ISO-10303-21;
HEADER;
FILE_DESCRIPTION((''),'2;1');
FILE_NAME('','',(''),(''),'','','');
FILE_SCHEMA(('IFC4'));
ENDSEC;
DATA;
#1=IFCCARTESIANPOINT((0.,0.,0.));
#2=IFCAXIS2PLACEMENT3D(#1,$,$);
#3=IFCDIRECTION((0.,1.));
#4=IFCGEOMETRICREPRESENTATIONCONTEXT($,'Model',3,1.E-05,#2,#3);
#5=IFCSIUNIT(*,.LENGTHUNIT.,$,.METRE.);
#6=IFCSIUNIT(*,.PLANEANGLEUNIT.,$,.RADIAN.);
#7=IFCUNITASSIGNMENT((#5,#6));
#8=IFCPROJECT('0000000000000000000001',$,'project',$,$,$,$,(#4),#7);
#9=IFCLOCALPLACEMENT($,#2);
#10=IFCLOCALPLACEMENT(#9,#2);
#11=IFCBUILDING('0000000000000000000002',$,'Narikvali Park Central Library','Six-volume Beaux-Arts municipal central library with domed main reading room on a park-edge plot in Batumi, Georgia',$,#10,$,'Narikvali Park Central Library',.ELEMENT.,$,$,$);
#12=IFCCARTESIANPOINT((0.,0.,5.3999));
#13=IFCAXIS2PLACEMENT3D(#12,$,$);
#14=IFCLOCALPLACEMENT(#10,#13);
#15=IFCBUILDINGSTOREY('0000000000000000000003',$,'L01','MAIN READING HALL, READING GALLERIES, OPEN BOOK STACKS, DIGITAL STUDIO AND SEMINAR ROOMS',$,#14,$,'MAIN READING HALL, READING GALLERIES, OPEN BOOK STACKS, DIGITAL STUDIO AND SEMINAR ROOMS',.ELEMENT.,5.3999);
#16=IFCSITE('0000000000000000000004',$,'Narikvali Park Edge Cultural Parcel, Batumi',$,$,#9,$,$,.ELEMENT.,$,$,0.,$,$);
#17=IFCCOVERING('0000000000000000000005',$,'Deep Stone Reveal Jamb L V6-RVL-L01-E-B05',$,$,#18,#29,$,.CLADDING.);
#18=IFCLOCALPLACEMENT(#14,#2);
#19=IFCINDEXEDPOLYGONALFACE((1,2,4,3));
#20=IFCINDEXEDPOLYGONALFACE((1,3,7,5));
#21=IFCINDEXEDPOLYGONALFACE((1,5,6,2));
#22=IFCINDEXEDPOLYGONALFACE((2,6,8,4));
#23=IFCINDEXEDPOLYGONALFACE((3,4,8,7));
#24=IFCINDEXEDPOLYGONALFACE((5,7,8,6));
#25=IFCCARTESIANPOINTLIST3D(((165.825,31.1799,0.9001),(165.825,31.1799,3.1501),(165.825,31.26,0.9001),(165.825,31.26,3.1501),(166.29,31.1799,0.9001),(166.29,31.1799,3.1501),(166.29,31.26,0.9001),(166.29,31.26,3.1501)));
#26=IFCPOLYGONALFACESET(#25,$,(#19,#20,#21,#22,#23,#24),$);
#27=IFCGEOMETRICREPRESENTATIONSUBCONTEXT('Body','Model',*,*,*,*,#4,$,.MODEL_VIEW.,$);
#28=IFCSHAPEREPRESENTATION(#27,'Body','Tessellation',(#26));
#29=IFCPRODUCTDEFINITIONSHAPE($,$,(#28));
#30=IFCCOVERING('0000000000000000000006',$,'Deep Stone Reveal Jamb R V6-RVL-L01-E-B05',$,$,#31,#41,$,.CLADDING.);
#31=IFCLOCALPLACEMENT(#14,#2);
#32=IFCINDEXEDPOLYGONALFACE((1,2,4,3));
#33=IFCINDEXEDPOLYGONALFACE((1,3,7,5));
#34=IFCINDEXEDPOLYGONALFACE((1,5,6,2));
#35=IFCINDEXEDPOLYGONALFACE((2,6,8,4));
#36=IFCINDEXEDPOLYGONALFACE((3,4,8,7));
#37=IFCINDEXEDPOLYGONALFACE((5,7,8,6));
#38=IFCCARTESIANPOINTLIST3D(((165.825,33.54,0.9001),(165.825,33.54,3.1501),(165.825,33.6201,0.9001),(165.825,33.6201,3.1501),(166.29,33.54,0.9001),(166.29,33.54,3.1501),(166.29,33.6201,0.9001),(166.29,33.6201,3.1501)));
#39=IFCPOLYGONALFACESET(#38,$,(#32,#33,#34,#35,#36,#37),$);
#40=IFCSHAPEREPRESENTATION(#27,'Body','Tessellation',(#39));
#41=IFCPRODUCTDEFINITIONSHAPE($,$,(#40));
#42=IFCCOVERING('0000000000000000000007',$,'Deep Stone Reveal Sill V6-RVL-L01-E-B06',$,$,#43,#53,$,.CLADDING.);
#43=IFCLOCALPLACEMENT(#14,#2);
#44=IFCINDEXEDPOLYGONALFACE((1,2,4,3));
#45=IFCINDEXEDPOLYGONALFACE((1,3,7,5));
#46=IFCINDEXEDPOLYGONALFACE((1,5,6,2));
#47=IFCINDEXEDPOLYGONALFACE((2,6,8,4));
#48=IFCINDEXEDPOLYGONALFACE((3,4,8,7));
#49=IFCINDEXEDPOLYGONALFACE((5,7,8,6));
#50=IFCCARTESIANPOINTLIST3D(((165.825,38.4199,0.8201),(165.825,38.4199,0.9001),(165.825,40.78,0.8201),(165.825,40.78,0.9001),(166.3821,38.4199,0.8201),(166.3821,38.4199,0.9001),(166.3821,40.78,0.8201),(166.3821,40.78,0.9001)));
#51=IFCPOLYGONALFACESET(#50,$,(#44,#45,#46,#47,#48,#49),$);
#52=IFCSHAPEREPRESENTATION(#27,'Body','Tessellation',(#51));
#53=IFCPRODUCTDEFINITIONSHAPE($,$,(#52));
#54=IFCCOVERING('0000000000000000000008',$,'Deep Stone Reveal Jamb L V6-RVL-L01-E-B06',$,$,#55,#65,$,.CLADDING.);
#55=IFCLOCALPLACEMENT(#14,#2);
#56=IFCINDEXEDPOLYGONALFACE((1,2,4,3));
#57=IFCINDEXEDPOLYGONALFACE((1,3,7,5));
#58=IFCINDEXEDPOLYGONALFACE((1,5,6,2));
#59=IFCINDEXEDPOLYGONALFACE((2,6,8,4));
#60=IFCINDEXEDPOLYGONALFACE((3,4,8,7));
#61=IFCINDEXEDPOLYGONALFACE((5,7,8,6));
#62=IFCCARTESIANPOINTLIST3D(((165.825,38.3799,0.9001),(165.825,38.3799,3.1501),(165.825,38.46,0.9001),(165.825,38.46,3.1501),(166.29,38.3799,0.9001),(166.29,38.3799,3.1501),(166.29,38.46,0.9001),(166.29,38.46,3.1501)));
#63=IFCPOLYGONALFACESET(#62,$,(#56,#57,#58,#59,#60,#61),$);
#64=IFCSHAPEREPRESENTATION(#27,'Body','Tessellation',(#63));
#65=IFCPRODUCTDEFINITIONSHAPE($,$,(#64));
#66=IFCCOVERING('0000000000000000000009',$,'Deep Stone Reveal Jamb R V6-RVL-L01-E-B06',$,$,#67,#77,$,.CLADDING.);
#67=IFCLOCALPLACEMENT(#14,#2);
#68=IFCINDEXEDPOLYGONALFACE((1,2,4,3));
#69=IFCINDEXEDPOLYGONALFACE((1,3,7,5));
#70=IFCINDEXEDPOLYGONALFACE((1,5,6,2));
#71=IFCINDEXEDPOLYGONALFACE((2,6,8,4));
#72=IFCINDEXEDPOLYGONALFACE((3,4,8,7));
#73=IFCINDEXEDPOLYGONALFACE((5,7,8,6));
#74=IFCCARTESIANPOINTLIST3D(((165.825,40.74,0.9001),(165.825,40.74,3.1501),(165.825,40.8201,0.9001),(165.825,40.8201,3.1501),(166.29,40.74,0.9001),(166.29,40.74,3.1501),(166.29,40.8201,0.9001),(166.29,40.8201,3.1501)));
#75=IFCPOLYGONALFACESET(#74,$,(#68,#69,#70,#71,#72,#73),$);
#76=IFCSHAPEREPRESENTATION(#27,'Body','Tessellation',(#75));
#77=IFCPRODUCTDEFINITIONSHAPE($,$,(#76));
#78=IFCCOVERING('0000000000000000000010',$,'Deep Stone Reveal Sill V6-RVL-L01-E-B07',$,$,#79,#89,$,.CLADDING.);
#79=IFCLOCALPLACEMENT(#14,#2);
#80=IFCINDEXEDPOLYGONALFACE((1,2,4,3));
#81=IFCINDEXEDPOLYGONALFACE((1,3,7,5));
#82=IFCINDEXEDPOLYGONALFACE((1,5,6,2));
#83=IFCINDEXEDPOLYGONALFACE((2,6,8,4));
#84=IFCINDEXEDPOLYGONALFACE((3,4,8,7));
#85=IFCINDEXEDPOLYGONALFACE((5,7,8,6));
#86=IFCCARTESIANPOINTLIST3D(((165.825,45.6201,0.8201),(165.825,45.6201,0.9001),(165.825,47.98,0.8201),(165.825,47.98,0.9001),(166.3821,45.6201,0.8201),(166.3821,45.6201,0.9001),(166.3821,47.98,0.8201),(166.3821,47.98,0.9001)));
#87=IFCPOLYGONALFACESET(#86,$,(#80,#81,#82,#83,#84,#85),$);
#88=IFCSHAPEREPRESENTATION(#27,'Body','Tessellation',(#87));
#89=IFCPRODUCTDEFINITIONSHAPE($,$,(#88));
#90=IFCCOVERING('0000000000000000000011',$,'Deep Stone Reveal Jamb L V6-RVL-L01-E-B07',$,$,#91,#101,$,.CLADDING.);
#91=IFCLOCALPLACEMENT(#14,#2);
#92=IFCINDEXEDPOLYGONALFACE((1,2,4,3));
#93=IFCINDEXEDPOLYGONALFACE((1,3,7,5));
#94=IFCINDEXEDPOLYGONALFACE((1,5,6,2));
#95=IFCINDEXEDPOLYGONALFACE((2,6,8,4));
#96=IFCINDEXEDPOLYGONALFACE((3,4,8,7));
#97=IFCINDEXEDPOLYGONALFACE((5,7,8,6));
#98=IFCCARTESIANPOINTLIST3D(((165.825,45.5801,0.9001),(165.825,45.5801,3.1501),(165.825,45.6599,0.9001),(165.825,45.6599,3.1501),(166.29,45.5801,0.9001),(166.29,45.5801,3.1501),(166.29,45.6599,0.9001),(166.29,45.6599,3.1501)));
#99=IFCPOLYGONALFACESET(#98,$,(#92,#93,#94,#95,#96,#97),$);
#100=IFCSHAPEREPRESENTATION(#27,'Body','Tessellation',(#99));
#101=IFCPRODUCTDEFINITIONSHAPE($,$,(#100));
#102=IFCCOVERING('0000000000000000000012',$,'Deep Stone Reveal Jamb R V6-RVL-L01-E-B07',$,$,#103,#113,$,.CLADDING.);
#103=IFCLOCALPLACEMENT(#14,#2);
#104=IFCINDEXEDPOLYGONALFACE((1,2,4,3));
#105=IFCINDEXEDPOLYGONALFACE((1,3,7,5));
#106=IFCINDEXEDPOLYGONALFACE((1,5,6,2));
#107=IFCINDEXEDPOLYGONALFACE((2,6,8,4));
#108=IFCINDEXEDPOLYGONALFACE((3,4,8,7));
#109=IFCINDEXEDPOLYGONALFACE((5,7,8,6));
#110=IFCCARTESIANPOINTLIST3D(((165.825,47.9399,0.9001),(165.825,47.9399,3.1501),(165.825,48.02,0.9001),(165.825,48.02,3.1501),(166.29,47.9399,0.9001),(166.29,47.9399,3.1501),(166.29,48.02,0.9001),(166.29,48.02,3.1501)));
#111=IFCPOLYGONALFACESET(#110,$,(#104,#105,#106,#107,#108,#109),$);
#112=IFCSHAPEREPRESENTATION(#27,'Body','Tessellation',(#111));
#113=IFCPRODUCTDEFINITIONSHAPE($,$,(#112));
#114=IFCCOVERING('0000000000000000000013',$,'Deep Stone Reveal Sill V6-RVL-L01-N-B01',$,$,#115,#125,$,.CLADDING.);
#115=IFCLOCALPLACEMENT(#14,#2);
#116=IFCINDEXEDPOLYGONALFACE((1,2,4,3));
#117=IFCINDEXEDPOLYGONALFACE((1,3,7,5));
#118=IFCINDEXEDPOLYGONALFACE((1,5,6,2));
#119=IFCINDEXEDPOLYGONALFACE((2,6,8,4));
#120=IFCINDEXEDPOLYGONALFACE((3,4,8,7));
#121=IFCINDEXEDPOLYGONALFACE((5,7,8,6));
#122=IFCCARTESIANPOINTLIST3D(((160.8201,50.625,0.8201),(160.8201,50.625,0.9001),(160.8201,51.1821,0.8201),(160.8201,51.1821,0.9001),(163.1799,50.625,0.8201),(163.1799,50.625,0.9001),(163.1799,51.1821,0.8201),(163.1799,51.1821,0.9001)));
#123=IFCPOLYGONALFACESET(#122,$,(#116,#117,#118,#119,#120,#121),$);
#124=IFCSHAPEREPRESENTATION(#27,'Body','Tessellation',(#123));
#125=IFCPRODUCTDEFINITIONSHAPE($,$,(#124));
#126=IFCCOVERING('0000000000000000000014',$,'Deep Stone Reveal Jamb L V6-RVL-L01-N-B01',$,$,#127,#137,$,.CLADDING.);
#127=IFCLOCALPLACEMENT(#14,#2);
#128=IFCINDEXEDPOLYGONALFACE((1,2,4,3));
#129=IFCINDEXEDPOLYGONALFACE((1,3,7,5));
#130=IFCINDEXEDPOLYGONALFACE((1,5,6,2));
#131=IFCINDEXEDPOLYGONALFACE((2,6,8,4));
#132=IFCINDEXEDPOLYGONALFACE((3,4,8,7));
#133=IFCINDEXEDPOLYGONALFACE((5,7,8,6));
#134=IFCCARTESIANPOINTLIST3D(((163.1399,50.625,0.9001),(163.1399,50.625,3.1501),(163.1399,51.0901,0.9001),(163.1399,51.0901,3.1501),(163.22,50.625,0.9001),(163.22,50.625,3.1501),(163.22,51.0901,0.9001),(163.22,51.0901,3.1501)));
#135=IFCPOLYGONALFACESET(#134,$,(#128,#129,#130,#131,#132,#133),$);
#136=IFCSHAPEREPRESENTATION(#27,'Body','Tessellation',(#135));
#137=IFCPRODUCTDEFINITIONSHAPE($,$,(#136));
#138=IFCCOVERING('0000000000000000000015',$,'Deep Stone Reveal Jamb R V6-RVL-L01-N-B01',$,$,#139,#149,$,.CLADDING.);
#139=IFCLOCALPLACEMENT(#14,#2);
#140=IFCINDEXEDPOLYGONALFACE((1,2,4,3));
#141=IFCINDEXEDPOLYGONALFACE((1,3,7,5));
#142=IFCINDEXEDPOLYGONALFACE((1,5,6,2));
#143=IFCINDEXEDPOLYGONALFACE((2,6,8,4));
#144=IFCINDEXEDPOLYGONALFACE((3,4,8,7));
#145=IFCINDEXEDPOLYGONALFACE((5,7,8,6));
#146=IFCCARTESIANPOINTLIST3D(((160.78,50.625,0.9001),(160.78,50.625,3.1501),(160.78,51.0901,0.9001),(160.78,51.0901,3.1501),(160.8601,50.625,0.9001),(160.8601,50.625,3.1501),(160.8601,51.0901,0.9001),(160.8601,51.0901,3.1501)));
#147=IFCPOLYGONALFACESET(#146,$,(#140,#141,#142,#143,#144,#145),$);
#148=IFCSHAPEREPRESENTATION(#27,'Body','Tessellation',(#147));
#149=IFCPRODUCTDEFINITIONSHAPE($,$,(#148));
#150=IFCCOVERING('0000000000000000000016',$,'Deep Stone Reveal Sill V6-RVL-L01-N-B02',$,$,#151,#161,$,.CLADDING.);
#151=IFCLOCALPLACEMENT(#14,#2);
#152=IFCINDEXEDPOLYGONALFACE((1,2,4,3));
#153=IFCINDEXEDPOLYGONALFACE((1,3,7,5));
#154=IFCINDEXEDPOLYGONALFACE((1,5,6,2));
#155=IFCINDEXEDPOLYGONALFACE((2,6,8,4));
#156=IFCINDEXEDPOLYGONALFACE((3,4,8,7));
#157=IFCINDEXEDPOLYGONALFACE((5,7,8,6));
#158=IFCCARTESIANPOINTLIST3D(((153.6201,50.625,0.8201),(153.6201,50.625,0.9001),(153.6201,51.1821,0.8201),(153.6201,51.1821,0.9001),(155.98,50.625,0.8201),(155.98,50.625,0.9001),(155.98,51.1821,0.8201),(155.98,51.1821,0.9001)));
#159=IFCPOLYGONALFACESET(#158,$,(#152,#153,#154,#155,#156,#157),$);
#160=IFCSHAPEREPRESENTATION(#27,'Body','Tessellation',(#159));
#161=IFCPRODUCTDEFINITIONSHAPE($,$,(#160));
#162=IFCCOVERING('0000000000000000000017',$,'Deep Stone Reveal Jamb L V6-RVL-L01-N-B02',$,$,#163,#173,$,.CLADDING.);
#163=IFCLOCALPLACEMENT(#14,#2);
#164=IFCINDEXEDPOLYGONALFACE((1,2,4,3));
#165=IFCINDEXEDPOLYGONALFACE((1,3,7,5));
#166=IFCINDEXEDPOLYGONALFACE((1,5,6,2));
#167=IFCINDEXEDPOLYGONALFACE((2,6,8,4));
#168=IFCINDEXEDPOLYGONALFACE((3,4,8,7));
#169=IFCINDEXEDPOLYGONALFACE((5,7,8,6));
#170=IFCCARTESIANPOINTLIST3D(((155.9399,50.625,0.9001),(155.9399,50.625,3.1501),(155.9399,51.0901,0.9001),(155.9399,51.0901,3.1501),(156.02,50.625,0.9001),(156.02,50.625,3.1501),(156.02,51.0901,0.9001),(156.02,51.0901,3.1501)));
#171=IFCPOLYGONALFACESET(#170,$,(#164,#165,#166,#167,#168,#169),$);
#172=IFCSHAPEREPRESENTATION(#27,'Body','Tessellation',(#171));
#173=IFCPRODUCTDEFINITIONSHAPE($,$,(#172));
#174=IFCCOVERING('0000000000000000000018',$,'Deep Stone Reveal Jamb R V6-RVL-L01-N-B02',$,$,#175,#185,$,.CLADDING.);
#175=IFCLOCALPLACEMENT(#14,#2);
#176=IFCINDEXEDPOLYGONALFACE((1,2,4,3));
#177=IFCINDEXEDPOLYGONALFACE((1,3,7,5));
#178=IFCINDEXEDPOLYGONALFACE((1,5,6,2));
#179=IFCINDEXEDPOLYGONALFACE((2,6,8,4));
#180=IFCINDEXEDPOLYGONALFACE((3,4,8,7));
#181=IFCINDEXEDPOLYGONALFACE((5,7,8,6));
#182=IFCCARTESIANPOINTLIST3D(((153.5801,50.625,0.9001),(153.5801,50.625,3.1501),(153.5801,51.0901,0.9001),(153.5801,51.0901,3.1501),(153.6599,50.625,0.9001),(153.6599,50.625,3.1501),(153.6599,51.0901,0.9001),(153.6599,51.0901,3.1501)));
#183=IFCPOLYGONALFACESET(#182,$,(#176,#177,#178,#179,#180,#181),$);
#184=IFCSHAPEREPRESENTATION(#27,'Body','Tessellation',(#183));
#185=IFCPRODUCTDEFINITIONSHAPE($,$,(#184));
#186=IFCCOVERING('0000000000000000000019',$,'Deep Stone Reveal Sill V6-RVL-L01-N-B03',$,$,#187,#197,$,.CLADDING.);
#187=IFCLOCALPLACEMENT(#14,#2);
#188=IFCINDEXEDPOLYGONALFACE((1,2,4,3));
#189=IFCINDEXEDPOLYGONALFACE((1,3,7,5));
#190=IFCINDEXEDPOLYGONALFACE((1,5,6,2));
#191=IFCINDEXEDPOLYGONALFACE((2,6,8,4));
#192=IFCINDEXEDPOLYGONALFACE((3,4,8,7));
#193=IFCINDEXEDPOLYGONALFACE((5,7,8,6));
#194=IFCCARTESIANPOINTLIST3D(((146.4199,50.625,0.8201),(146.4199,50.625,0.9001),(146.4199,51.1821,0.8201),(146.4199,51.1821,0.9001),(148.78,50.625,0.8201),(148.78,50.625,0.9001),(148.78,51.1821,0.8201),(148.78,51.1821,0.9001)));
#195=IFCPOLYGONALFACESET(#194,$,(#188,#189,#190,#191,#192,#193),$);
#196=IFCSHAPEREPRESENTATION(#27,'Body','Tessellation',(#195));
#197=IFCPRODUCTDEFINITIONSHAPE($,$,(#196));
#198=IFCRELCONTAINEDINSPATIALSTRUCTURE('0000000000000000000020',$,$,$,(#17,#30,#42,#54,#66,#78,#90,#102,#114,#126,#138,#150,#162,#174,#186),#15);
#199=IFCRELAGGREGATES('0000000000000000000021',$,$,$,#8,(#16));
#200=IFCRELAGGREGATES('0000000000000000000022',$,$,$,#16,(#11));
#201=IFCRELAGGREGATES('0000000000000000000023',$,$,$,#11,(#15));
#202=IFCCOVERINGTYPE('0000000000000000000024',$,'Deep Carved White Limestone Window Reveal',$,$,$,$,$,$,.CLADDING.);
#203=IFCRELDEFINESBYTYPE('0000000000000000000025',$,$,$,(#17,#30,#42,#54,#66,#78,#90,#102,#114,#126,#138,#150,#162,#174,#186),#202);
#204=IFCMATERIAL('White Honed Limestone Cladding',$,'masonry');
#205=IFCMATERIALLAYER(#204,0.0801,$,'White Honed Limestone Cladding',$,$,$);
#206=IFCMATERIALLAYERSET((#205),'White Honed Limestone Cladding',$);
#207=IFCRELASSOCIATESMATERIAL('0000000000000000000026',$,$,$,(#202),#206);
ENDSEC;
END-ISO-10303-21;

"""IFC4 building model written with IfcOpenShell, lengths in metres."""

from ifc_helpers import new_model, si_unit, direction, frame, origin, place, context, subcontext, project, spatial, polyline, outline, extrude, material, layer, layer_set, type_object, element, save


model = new_model("IFC4")

# Units and contexts
model_context = context("Model", 3, precision=1e-05, world=origin(), true_north=direction((0.0, 1.0)))
body_context = subcontext(model_context, "Body", "Model", "MODEL_VIEW")
ifc_project = project(units=[si_unit("LENGTHUNIT", "METRE"), si_unit("PLANEANGLEUNIT", "RADIAN")], contexts=[model_context])

# Site, building, storey
site_placement = place(None, origin())
site = spatial("IfcSite", under=ifc_project, at=site_placement, Name="Narikvali Park Edge Cultural Parcel, Batumi", CompositionType="ELEMENT", RefElevation=0.0)
building_placement = place(site_placement, origin())
building = spatial("IfcBuilding", under=site, at=building_placement, Name="Narikvali Park Central Library", Description="Six-volume Beaux-Arts municipal central library with domed main reading room on a park-edge plot in Batumi, Georgia", LongName="Narikvali Park Central Library", CompositionType="ELEMENT")
storey_placement = place(building_placement, frame((0.0, 0.0, 5.3999)))
storey = spatial("IfcBuildingStorey", under=building, at=storey_placement, Name="L01", Description="MAIN READING HALL, READING GALLERIES, OPEN BOOK STACKS, DIGITAL STUDIO AND SEMINAR ROOMS", LongName="MAIN READING HALL, READING GALLERIES, OPEN BOOK STACKS, DIGITAL STUDIO AND SEMINAR ROOMS", CompositionType="ELEMENT", Elevation=5.3999)

# Coverings
ifc_material = material(Name="White Honed Limestone Cladding", Category="masonry")
ifc_layer = layer(ifc_material, 0.0801, Name="White Honed Limestone Cladding")
ifc_layer_set = layer_set([ifc_layer], Name="White Honed Limestone Cladding")
covering_type = type_object("IfcCoveringType", Name="Deep Carved White Limestone Window Reveal", PredefinedType="CLADDING", material=ifc_layer_set)
covering_1_placement = place(storey_placement, frame((0.0, 0.0, 0.9001)))
element("IfcCovering", 1, at=covering_1_placement, inside=storey, type_object=covering_type, Name="Deep Stone Reveal Jamb L V6-RVL-L01-E-B05", PredefinedType="CLADDING", context=body_context, shape_type="SweptSolid", body=[
    extrude(outline(polyline([(165.825, 31.1799), (165.825, 31.26), (166.29, 31.26), (166.29, 31.1799), (165.825, 31.1799)])), origin(), (0.0, 0.0, 1.0), 2.25),
])
covering_2_placement = place(storey_placement, frame((0.0, 0.0, 0.9001)))
element("IfcCovering", 2, at=covering_2_placement, inside=storey, type_object=covering_type, Name="Deep Stone Reveal Jamb R V6-RVL-L01-E-B05", PredefinedType="CLADDING", context=body_context, shape_type="SweptSolid", body=[
    extrude(outline(polyline([(165.825, 33.54), (165.825, 33.6201), (166.29, 33.6201), (166.29, 33.54), (165.825, 33.54)])), origin(), (0.0, 0.0, 1.0), 2.25),
])
covering_3_placement = place(storey_placement, frame((0.0, 0.0, 0.8201)))
element("IfcCovering", 3, at=covering_3_placement, inside=storey, type_object=covering_type, Name="Deep Stone Reveal Sill V6-RVL-L01-E-B06", PredefinedType="CLADDING", context=body_context, shape_type="SweptSolid", body=[
    extrude(outline(polyline([(165.825, 38.4199), (165.825, 40.78), (166.3821, 40.78), (166.3821, 38.4199), (165.825, 38.4199)])), origin(), (0.0, 0.0, 1.0), 0.0801),
])
covering_4_placement = place(storey_placement, frame((0.0, 0.0, 0.9001)))
element("IfcCovering", 4, at=covering_4_placement, inside=storey, type_object=covering_type, Name="Deep Stone Reveal Jamb L V6-RVL-L01-E-B06", PredefinedType="CLADDING", context=body_context, shape_type="SweptSolid", body=[
    extrude(outline(polyline([(165.825, 38.3799), (165.825, 38.46), (166.29, 38.46), (166.29, 38.3799), (165.825, 38.3799)])), origin(), (0.0, 0.0, 1.0), 2.25),
])
covering_5_placement = place(storey_placement, frame((0.0, 0.0, 0.9001)))
element("IfcCovering", 5, at=covering_5_placement, inside=storey, type_object=covering_type, Name="Deep Stone Reveal Jamb R V6-RVL-L01-E-B06", PredefinedType="CLADDING", context=body_context, shape_type="SweptSolid", body=[
    extrude(outline(polyline([(165.825, 40.74), (165.825, 40.8201), (166.29, 40.8201), (166.29, 40.74), (165.825, 40.74)])), origin(), (0.0, 0.0, 1.0), 2.25),
])
covering_6_placement = place(storey_placement, frame((0.0, 0.0, 0.8201)))
element("IfcCovering", 6, at=covering_6_placement, inside=storey, type_object=covering_type, Name="Deep Stone Reveal Sill V6-RVL-L01-E-B07", PredefinedType="CLADDING", context=body_context, shape_type="SweptSolid", body=[
    extrude(outline(polyline([(165.825, 45.6201), (165.825, 47.98), (166.3821, 47.98), (166.3821, 45.6201), (165.825, 45.6201)])), origin(), (0.0, 0.0, 1.0), 0.0801),
])
covering_7_placement = place(storey_placement, frame((0.0, 0.0, 0.9001)))
element("IfcCovering", 7, at=covering_7_placement, inside=storey, type_object=covering_type, Name="Deep Stone Reveal Jamb L V6-RVL-L01-E-B07", PredefinedType="CLADDING", context=body_context, shape_type="SweptSolid", body=[
    extrude(outline(polyline([(165.825, 45.5801), (165.825, 45.6599), (166.29, 45.6599), (166.29, 45.5801), (165.825, 45.5801)])), origin(), (0.0, 0.0, 1.0), 2.25),
])
covering_8_placement = place(storey_placement, frame((0.0, 0.0, 0.9001)))
element("IfcCovering", 8, at=covering_8_placement, inside=storey, type_object=covering_type, Name="Deep Stone Reveal Jamb R V6-RVL-L01-E-B07", PredefinedType="CLADDING", context=body_context, shape_type="SweptSolid", body=[
    extrude(outline(polyline([(165.825, 47.9399), (165.825, 48.02), (166.29, 48.02), (166.29, 47.9399), (165.825, 47.9399)])), origin(), (0.0, 0.0, 1.0), 2.25),
])
covering_9_placement = place(storey_placement, frame((0.0, 0.0, 0.8201)))
element("IfcCovering", 9, at=covering_9_placement, inside=storey, type_object=covering_type, Name="Deep Stone Reveal Sill V6-RVL-L01-N-B01", PredefinedType="CLADDING", context=body_context, shape_type="SweptSolid", body=[
    extrude(outline(polyline([(163.1799, 50.625), (160.8201, 50.625), (160.8201, 51.1821), (163.1799, 51.1821), (163.1799, 50.625)])), origin(), (0.0, 0.0, 1.0), 0.0801),
])
covering_10_placement = place(storey_placement, frame((0.0, 0.0, 0.9001)))
element("IfcCovering", 10, at=covering_10_placement, inside=storey, type_object=covering_type, Name="Deep Stone Reveal Jamb L V6-RVL-L01-N-B01", PredefinedType="CLADDING", context=body_context, shape_type="SweptSolid", body=[
    extrude(outline(polyline([(163.22, 50.625), (163.1399, 50.625), (163.1399, 51.0901), (163.22, 51.0901), (163.22, 50.625)])), origin(), (0.0, 0.0, 1.0), 2.25),
])
covering_11_placement = place(storey_placement, frame((0.0, 0.0, 0.9001)))
element("IfcCovering", 11, at=covering_11_placement, inside=storey, type_object=covering_type, Name="Deep Stone Reveal Jamb R V6-RVL-L01-N-B01", PredefinedType="CLADDING", context=body_context, shape_type="SweptSolid", body=[
    extrude(outline(polyline([(160.8601, 50.625), (160.78, 50.625), (160.78, 51.0901), (160.8601, 51.0901), (160.8601, 50.625)])), origin(), (0.0, 0.0, 1.0), 2.25),
])
covering_12_placement = place(storey_placement, frame((0.0, 0.0, 0.8201)))
element("IfcCovering", 12, at=covering_12_placement, inside=storey, type_object=covering_type, Name="Deep Stone Reveal Sill V6-RVL-L01-N-B02", PredefinedType="CLADDING", context=body_context, shape_type="SweptSolid", body=[
    extrude(outline(polyline([(155.98, 50.625), (153.6201, 50.625), (153.6201, 51.1821), (155.98, 51.1821), (155.98, 50.625)])), origin(), (0.0, 0.0, 1.0), 0.0801),
])
covering_13_placement = place(storey_placement, frame((0.0, 0.0, 0.9001)))
element("IfcCovering", 13, at=covering_13_placement, inside=storey, type_object=covering_type, Name="Deep Stone Reveal Jamb L V6-RVL-L01-N-B02", PredefinedType="CLADDING", context=body_context, shape_type="SweptSolid", body=[
    extrude(outline(polyline([(156.02, 50.625), (155.9399, 50.625), (155.9399, 51.0901), (156.02, 51.0901), (156.02, 50.625)])), origin(), (0.0, 0.0, 1.0), 2.25),
])
covering_14_placement = place(storey_placement, frame((0.0, 0.0, 0.9001)))
element("IfcCovering", 14, at=covering_14_placement, inside=storey, type_object=covering_type, Name="Deep Stone Reveal Jamb R V6-RVL-L01-N-B02", PredefinedType="CLADDING", context=body_context, shape_type="SweptSolid", body=[
    extrude(outline(polyline([(153.6599, 50.625), (153.5801, 50.625), (153.5801, 51.0901), (153.6599, 51.0901), (153.6599, 50.625)])), origin(), (0.0, 0.0, 1.0), 2.25),
])
covering_15_placement = place(storey_placement, frame((0.0, 0.0, 0.8201)))
element("IfcCovering", 15, at=covering_15_placement, inside=storey, type_object=covering_type, Name="Deep Stone Reveal Sill V6-RVL-L01-N-B03", PredefinedType="CLADDING", context=body_context, shape_type="SweptSolid", body=[
    extrude(outline(polyline([(148.78, 50.625), (146.4199, 50.625), (146.4199, 51.1821), (148.78, 51.1821), (148.78, 50.625)])), origin(), (0.0, 0.0, 1.0), 0.0801),
])

save(model, "model.ifc")
